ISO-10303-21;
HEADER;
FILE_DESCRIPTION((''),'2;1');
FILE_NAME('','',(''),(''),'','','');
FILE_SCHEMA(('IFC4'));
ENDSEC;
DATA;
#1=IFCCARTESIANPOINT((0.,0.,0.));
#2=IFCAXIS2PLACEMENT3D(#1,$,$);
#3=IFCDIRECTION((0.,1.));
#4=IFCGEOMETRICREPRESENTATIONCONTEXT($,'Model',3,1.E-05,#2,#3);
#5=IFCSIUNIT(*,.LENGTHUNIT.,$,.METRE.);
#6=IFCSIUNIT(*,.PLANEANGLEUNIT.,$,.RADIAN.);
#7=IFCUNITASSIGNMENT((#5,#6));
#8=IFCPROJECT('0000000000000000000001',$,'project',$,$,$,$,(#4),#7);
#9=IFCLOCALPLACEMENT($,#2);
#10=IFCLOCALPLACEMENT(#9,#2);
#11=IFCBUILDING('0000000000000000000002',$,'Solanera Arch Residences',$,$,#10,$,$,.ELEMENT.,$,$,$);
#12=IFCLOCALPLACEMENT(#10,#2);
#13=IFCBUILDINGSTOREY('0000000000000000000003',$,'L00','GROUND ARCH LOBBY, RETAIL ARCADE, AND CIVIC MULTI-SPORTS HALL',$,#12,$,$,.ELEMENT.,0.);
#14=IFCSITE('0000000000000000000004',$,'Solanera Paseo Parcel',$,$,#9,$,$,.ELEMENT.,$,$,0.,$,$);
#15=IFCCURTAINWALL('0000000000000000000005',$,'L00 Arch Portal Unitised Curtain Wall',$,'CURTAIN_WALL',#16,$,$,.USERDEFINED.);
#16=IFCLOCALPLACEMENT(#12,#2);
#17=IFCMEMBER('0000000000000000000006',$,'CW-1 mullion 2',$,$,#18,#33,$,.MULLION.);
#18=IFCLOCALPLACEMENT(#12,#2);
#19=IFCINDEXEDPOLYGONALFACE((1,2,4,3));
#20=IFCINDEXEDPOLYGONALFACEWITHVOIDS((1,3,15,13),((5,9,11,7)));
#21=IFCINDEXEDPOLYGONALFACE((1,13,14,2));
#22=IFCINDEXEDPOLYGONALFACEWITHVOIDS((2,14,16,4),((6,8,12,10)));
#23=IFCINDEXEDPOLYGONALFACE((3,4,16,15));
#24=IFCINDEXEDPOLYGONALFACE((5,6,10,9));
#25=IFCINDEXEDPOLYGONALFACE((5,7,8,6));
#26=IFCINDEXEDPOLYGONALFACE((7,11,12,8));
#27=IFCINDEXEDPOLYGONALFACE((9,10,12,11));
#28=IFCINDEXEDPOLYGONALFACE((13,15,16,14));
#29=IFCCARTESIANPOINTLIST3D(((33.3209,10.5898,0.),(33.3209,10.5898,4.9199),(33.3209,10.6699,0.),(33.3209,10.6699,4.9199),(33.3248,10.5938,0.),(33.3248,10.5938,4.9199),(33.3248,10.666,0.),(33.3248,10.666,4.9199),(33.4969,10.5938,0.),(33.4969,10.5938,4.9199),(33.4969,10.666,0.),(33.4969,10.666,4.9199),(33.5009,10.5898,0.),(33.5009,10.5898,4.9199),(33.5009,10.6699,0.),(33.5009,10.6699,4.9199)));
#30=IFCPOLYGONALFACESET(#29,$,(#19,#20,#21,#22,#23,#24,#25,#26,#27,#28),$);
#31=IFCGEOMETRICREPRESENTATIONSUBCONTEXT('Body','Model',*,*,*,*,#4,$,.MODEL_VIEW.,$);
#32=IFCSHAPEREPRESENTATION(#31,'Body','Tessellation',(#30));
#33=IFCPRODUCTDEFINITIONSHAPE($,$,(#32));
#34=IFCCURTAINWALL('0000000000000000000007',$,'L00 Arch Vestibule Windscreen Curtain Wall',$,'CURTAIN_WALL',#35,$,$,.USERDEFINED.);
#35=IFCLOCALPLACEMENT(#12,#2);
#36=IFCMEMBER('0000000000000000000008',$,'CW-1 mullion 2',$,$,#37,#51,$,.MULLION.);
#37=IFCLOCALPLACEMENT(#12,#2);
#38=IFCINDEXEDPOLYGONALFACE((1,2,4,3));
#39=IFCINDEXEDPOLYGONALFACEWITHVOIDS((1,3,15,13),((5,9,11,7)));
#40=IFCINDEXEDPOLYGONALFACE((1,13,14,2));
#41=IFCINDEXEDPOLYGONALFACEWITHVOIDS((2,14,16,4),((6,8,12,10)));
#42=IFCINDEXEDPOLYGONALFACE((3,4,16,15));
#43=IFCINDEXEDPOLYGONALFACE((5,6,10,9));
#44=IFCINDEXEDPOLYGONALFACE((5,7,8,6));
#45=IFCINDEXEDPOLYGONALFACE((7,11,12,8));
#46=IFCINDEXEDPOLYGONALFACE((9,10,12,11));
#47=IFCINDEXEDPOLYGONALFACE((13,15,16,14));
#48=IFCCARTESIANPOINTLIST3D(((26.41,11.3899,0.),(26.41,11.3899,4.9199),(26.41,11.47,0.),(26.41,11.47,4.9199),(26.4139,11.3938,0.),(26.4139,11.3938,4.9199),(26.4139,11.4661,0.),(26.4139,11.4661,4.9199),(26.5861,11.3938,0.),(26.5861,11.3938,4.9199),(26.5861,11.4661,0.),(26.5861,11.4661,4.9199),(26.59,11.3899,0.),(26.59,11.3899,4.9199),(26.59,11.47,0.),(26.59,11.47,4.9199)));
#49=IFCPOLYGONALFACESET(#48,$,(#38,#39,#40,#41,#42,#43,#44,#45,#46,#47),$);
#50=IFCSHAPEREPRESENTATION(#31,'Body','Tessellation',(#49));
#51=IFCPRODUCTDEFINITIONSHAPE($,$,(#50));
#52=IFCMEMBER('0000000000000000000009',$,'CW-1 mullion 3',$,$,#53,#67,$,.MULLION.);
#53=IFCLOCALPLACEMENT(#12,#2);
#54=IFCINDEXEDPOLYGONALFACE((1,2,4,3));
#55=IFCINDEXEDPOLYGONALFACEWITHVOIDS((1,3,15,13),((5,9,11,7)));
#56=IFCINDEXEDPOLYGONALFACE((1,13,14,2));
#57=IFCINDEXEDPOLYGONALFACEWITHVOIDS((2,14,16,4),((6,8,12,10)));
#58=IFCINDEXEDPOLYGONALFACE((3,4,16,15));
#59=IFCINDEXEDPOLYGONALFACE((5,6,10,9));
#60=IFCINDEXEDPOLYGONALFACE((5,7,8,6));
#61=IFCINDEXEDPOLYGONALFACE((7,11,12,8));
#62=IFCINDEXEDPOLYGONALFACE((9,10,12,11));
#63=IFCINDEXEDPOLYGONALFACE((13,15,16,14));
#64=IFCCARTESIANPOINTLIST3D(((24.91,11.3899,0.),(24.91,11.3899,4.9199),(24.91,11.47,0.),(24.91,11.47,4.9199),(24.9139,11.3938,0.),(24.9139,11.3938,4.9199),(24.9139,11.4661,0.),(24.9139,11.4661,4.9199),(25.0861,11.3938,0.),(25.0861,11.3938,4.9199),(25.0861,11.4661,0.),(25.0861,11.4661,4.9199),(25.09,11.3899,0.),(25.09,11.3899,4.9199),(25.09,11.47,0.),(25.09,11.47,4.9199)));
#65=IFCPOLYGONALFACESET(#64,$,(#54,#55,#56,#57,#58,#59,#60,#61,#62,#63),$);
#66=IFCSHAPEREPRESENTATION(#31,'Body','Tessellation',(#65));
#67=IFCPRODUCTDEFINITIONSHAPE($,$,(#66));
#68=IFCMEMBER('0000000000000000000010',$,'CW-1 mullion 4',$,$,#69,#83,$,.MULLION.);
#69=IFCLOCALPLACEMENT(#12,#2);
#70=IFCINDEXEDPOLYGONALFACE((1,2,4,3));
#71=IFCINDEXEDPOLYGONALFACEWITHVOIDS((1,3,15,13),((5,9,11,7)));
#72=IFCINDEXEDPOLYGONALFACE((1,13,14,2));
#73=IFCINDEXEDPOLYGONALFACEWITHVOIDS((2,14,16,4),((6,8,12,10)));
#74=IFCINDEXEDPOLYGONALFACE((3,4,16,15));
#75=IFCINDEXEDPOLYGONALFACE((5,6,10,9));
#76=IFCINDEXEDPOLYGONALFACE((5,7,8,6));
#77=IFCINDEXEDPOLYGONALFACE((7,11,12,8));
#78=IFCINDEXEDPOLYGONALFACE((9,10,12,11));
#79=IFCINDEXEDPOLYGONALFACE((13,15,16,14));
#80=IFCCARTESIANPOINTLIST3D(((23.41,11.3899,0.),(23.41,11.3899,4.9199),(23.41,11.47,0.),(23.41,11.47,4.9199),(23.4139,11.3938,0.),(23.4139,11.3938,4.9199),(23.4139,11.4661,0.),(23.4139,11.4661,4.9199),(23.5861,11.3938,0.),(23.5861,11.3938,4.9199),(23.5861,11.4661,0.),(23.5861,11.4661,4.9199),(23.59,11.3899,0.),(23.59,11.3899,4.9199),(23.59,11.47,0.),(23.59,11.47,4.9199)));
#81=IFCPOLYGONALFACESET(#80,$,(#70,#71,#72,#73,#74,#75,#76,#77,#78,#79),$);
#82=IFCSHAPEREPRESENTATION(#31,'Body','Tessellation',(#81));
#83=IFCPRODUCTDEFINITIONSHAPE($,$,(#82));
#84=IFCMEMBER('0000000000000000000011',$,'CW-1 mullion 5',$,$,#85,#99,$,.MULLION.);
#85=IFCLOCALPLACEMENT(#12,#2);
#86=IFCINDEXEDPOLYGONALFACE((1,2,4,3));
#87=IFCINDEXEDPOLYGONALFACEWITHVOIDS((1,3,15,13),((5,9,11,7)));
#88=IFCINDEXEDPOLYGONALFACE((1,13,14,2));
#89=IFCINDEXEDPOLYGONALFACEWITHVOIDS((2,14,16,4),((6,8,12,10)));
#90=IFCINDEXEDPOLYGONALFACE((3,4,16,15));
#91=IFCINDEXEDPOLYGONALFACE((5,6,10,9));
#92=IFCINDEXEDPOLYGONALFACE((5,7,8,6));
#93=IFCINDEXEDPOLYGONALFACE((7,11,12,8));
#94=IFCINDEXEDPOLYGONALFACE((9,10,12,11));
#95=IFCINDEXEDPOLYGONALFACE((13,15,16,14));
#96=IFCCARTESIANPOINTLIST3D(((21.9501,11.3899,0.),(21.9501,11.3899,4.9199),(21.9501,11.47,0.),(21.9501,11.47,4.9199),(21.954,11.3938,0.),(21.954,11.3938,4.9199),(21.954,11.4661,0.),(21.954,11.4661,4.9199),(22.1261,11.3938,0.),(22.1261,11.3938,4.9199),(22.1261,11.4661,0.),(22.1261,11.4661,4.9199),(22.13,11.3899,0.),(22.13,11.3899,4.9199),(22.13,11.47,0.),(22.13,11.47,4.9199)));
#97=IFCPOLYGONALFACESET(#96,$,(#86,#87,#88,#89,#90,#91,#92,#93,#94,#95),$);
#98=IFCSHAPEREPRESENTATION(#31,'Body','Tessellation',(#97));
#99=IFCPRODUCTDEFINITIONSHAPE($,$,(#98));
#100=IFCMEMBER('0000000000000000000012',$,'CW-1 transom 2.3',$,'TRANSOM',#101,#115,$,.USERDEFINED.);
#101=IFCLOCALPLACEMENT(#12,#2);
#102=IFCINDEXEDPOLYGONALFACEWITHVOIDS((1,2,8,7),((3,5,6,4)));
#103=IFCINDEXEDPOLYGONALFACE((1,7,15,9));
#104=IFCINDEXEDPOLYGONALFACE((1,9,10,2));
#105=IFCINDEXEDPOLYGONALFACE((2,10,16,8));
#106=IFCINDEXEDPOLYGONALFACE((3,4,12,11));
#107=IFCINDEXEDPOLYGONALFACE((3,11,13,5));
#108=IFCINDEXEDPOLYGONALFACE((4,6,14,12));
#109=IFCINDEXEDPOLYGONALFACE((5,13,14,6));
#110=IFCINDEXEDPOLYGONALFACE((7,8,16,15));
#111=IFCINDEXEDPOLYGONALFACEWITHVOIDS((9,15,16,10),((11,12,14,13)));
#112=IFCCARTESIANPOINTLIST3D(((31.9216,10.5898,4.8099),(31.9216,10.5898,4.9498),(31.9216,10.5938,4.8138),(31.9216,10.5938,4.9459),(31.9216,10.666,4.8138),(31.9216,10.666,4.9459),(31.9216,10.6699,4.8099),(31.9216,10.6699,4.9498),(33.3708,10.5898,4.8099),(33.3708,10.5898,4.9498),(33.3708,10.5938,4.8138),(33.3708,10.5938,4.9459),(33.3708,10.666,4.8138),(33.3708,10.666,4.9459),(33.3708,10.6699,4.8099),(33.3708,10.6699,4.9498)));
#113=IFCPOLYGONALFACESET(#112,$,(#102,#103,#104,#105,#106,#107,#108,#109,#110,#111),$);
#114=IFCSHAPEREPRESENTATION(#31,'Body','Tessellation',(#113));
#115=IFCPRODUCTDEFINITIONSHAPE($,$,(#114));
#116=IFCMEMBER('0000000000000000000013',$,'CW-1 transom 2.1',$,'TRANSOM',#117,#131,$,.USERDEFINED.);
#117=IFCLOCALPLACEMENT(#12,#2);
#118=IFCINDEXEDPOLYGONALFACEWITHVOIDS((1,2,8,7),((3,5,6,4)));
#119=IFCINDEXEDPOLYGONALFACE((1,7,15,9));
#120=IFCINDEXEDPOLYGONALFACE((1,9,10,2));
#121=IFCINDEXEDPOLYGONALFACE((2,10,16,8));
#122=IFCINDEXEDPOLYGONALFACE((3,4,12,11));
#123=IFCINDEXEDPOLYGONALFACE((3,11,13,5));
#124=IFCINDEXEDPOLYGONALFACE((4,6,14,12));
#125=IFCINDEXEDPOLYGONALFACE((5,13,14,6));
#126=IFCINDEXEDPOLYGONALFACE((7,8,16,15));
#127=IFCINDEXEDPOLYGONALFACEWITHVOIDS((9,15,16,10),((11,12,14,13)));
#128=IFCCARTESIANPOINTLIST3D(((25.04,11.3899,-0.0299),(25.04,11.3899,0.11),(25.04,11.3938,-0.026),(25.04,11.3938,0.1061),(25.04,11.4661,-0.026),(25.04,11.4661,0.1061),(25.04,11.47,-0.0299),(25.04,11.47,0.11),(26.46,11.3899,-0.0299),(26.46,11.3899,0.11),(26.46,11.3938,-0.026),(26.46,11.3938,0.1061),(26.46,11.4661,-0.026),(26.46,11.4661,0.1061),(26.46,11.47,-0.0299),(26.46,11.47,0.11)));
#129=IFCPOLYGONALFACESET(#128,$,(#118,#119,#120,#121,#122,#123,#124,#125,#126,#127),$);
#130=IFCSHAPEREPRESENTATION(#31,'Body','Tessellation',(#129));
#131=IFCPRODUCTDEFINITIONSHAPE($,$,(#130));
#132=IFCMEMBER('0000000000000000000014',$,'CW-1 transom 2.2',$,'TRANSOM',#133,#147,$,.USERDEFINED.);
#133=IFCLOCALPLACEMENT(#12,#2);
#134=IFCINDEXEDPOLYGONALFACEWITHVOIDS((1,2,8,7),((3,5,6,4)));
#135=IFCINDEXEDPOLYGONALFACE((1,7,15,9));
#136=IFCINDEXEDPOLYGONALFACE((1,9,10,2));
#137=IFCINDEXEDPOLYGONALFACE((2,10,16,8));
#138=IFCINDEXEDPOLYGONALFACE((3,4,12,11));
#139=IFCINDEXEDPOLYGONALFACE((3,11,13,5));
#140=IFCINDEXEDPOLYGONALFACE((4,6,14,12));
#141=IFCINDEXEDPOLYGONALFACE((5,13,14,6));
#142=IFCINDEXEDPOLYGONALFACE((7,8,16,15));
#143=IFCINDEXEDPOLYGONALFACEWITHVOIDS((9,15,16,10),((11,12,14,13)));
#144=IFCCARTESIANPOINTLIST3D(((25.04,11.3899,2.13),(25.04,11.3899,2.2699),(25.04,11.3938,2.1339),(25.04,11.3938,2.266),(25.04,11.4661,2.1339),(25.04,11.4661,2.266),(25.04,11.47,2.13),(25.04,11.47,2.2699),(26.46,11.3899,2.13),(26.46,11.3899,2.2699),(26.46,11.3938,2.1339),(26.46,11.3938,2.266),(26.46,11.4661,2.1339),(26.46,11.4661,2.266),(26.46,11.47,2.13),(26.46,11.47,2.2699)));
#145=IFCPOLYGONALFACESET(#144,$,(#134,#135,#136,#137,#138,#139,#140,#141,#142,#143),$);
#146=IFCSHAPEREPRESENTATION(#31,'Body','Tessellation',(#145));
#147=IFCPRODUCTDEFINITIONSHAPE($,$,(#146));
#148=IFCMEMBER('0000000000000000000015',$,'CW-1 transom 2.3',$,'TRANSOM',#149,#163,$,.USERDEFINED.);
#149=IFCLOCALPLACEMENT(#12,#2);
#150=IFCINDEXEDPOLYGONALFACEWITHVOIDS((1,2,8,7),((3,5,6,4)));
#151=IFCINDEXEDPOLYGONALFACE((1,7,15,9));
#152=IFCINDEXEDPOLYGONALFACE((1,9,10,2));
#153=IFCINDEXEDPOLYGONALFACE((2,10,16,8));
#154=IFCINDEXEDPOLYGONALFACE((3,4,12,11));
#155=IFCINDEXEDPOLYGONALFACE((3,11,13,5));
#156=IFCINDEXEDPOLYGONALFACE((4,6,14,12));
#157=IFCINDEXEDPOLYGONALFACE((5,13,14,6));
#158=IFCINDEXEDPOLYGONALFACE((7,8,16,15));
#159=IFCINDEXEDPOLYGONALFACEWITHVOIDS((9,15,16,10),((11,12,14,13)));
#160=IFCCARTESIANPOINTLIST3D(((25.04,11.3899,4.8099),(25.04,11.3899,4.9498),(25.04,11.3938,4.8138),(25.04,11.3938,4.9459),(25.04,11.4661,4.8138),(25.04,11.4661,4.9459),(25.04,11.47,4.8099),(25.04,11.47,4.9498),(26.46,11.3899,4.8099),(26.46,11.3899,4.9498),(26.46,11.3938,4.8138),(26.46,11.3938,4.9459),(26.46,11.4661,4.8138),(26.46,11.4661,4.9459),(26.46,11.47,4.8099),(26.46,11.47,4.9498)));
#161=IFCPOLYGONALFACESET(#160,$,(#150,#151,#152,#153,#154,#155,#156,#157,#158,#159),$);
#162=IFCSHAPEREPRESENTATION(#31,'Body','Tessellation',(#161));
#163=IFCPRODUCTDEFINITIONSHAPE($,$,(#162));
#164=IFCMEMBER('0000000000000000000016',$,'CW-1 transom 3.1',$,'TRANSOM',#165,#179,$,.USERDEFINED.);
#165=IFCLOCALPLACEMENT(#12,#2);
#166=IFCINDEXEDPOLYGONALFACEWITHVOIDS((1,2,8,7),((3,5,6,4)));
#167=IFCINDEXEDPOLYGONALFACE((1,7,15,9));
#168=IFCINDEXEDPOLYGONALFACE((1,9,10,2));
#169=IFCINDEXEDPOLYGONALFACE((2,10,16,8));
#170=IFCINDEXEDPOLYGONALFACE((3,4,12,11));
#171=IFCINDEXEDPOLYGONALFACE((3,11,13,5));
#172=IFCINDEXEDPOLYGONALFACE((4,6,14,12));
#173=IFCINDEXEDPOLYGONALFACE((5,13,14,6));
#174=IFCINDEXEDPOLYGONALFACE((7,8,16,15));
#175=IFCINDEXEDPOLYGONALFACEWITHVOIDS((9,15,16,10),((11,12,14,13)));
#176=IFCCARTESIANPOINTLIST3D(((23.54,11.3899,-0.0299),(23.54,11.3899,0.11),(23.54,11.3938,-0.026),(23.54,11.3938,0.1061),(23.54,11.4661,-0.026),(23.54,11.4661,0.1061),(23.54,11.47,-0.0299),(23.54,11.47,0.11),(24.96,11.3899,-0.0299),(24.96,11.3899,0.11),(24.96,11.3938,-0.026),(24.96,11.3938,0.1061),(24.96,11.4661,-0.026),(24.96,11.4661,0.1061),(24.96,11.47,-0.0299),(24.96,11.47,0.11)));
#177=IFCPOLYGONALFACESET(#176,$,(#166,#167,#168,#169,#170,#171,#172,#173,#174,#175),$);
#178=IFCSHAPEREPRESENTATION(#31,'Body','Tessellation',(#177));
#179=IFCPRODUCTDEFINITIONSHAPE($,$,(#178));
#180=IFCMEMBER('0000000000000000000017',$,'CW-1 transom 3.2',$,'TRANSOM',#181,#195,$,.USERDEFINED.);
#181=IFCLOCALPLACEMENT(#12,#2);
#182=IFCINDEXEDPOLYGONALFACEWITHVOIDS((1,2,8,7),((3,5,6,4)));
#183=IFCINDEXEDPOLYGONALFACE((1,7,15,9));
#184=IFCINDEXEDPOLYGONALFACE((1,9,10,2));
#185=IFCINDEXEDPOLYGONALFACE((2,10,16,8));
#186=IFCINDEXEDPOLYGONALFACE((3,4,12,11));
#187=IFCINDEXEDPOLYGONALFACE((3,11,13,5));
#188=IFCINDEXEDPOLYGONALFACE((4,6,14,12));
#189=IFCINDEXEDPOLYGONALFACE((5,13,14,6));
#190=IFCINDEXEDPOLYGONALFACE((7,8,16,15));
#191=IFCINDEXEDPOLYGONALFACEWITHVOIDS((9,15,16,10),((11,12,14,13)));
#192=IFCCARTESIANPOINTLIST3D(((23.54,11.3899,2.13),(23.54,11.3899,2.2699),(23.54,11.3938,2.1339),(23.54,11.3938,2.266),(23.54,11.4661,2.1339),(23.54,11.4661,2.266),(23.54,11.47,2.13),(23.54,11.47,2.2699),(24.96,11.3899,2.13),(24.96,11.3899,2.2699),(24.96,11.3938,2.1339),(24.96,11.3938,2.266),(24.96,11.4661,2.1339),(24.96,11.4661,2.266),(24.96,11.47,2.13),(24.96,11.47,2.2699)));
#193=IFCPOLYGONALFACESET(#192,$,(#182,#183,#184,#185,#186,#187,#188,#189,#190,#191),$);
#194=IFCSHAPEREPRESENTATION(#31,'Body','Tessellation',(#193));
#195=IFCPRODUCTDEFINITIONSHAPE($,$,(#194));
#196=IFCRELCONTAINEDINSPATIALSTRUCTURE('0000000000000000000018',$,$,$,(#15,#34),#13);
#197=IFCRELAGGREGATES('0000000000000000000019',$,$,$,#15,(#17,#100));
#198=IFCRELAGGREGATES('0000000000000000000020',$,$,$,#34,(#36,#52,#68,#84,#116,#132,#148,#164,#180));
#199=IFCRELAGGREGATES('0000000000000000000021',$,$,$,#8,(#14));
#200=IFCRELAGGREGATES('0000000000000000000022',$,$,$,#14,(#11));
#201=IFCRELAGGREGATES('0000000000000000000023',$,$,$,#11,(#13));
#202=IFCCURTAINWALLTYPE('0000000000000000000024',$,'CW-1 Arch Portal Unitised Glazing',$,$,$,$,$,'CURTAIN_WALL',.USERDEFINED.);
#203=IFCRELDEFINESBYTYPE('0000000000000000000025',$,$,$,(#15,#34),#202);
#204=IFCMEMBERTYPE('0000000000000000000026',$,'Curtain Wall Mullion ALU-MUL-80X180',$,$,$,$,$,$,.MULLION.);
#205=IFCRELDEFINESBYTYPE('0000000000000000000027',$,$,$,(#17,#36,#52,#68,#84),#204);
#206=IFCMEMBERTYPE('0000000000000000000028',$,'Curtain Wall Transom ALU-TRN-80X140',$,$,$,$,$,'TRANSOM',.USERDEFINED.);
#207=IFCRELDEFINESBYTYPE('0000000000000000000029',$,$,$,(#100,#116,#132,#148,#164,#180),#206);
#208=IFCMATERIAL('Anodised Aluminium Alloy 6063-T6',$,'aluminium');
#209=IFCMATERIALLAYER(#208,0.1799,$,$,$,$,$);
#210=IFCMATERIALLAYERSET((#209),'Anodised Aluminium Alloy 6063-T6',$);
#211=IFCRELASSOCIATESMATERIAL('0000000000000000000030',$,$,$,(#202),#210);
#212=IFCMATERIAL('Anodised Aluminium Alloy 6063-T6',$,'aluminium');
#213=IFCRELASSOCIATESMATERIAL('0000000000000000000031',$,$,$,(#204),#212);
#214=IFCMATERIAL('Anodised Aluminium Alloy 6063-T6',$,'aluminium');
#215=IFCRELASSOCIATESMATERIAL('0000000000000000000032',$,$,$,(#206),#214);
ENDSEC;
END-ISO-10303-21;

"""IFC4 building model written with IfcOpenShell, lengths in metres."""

from ifc_helpers import new_model, si_unit, direction, frame, origin, origin_2d, place, context, subcontext, project, spatial, hollow_rectangle, extrude, material, layer, layer_set, material_profile, profile_set, type_object, element, aggregate, save


model = new_model("IFC4")

# Units and contexts
model_context = context("Model", 3, precision=1e-05, world=origin(), true_north=direction((0.0, 1.0)))
body_context = subcontext(model_context, "Body", "Model", "MODEL_VIEW")
ifc_project = project(units=[si_unit("LENGTHUNIT", "METRE"), si_unit("PLANEANGLEUNIT", "RADIAN")], contexts=[model_context])

# Site, building, storey
site_placement = place(None, origin())
site = spatial("IfcSite", under=ifc_project, at=site_placement, Name="Solanera Paseo Parcel", CompositionType="ELEMENT", RefElevation=0.0)
building_placement = place(site_placement, origin())
building = spatial("IfcBuilding", under=site, at=building_placement, Name="Solanera Arch Residences", CompositionType="ELEMENT")
storey_placement = place(building_placement, origin())
storey = spatial("IfcBuildingStorey", under=building, at=storey_placement, Name="L00", Description="GROUND ARCH LOBBY, RETAIL ARCADE, AND CIVIC MULTI-SPORTS HALL", CompositionType="ELEMENT", Elevation=0.0)

# Curtain wall, member
ifc_material_1 = material(Name="Anodised Aluminium Alloy 6063-T6", Category="aluminium")
ifc_layer_1 = layer(ifc_material_1, 0.1799)
ifc_layer_set_1 = layer_set([ifc_layer_1], Name="Anodised Aluminium Alloy 6063-T6")
curtain_wall_type = type_object("IfcCurtainWallType", Name="CW-1 Arch Portal Unitised Glazing", ElementType="CURTAIN_WALL", PredefinedType="USERDEFINED", material=ifc_layer_set_1)
curtain_wall_1_placement = place(storey_placement, origin())
curtain_wall_1 = element("IfcCurtainWall", 1, at=curtain_wall_1_placement, inside=storey, type_object=curtain_wall_type, Name="L00 Arch Portal Unitised Curtain Wall", ObjectType="CURTAIN_WALL", PredefinedType="USERDEFINED")
ifc_material_2 = material(Name="Anodised Aluminium Alloy 6063-T6", Category="aluminium")
ifc_material_profile_1 = material_profile(ifc_material_2, hollow_rectangle(XDim=0.0801, YDim=0.1799, WallThickness=0.0039, at=origin_2d()))
ifc_profile_set_1 = profile_set([ifc_material_profile_1], Name="Anodised Aluminium Alloy 6063-T6")
member_type_1 = type_object("IfcMemberType", Name="Curtain Wall Mullion ALU-MUL-80X180", PredefinedType="MULLION", material=ifc_profile_set_1)
member_1_placement = place(storey_placement, frame((33.4109, 10.6299, 0.0), z_axis=(0.0, 0.0, 1.0), x_axis=(0.0, -1.0, 0.0)))
member_1 = element("IfcMember", 2, at=member_1_placement, type_object=member_type_1, Name="CW-1 mullion 2", PredefinedType="MULLION", context=body_context, shape_type="SweptSolid", body=[
    extrude(hollow_rectangle(XDim=0.0801, YDim=0.1799, WallThickness=0.0039, at=origin_2d()), origin(), (0.0, 0.0, 1.0), 4.9199),
])

# Curtain wall, members
curtain_wall_2_placement = place(storey_placement, origin())
curtain_wall_2 = element("IfcCurtainWall", 3, at=curtain_wall_2_placement, inside=storey, type_object=curtain_wall_type, Name="L00 Arch Vestibule Windscreen Curtain Wall", ObjectType="CURTAIN_WALL", PredefinedType="USERDEFINED")
member_2_placement = place(storey_placement, frame((26.5, 11.4299, 0.0), z_axis=(0.0, 0.0, 1.0), x_axis=(0.0, -1.0, 0.0)))
member_2 = element("IfcMember", 4, at=member_2_placement, type_object=member_type_1, Name="CW-1 mullion 2", PredefinedType="MULLION", context=body_context, shape_type="SweptSolid", body=[
    extrude(hollow_rectangle(XDim=0.0801, YDim=0.1799, WallThickness=0.0039, at=origin_2d()), origin(), (0.0, 0.0, 1.0), 4.9199),
])
member_3_placement = place(storey_placement, frame((25.0, 11.4299, 0.0), z_axis=(0.0, 0.0, 1.0), x_axis=(0.0, -1.0, 0.0)))
member_3 = element("IfcMember", 5, at=member_3_placement, type_object=member_type_1, Name="CW-1 mullion 3", PredefinedType="MULLION", context=body_context, shape_type="SweptSolid", body=[
    extrude(hollow_rectangle(XDim=0.0801, YDim=0.1799, WallThickness=0.0039, at=origin_2d()), origin(), (0.0, 0.0, 1.0), 4.9199),
])
member_4_placement = place(storey_placement, frame((23.5, 11.4299, 0.0), z_axis=(0.0, 0.0, 1.0), x_axis=(0.0, -1.0, 0.0)))
member_4 = element("IfcMember", 6, at=member_4_placement, type_object=member_type_1, Name="CW-1 mullion 4", PredefinedType="MULLION", context=body_context, shape_type="SweptSolid", body=[
    extrude(hollow_rectangle(XDim=0.0801, YDim=0.1799, WallThickness=0.0039, at=origin_2d()), origin(), (0.0, 0.0, 1.0), 4.9199),
])
member_5_placement = place(storey_placement, frame((22.04, 11.4299, 0.0), z_axis=(0.0, 0.0, 1.0), x_axis=(0.0, -1.0, 0.0)))
member_5 = element("IfcMember", 7, at=member_5_placement, type_object=member_type_1, Name="CW-1 mullion 5", PredefinedType="MULLION", context=body_context, shape_type="SweptSolid", body=[
    extrude(hollow_rectangle(XDim=0.0801, YDim=0.1799, WallThickness=0.0039, at=origin_2d()), origin(), (0.0, 0.0, 1.0), 4.9199),
])

# Members
ifc_material_3 = material(Name="Anodised Aluminium Alloy 6063-T6", Category="aluminium")
ifc_material_profile_2 = material_profile(ifc_material_3, hollow_rectangle(XDim=0.0801, YDim=0.1399, WallThickness=0.0039, at=origin_2d()))
ifc_profile_set_2 = profile_set([ifc_material_profile_2], Name="Anodised Aluminium Alloy 6063-T6")
member_type_2 = type_object("IfcMemberType", Name="Curtain Wall Transom ALU-TRN-80X140", ElementType="TRANSOM", PredefinedType="USERDEFINED", material=ifc_profile_set_2)
member_6_placement = place(storey_placement, frame((33.3708, 10.6299, 4.8799), z_axis=(-1.0, 0.0, 0.0), x_axis=(0.0, -1.0, 0.0)))
member_6 = element("IfcMember", 8, at=member_6_placement, type_object=member_type_2, Name="CW-1 transom 2.3", ObjectType="TRANSOM", PredefinedType="USERDEFINED", context=body_context, shape_type="SweptSolid", body=[
    extrude(hollow_rectangle(XDim=0.0801, YDim=0.1399, WallThickness=0.0039, at=origin_2d()), origin(), (0.0, 0.0, 1.0), 1.4492),
])
aggregate(curtain_wall_1, [member_1, member_6])
member_7_placement = place(storey_placement, frame((26.46, 11.4299, 0.04), z_axis=(-1.0, 0.0, 0.0), x_axis=(0.0, -1.0, 0.0)))
member_7 = element("IfcMember", 9, at=member_7_placement, type_object=member_type_2, Name="CW-1 transom 2.1", ObjectType="TRANSOM", PredefinedType="USERDEFINED", context=body_context, shape_type="SweptSolid", body=[
    extrude(hollow_rectangle(XDim=0.0801, YDim=0.1399, WallThickness=0.0039, at=origin_2d()), origin(), (0.0, 0.0, 1.0), 1.4199),
])
member_8_placement = place(storey_placement, frame((26.46, 11.4299, 2.2), z_axis=(-1.0, 0.0, 0.0), x_axis=(0.0, -1.0, 0.0)))
member_8 = element("IfcMember", 10, at=member_8_placement, type_object=member_type_2, Name="CW-1 transom 2.2", ObjectType="TRANSOM", PredefinedType="USERDEFINED", context=body_context, shape_type="SweptSolid", body=[
    extrude(hollow_rectangle(XDim=0.0801, YDim=0.1399, WallThickness=0.0039, at=origin_2d()), origin(), (0.0, 0.0, 1.0), 1.4199),
])
member_9_placement = place(storey_placement, frame((26.46, 11.4299, 4.8799), z_axis=(-1.0, 0.0, 0.0), x_axis=(0.0, -1.0, 0.0)))
member_9 = element("IfcMember", 11, at=member_9_placement, type_object=member_type_2, Name="CW-1 transom 2.3", ObjectType="TRANSOM", PredefinedType="USERDEFINED", context=body_context, shape_type="SweptSolid", body=[
    extrude(hollow_rectangle(XDim=0.0801, YDim=0.1399, WallThickness=0.0039, at=origin_2d()), origin(), (0.0, 0.0, 1.0), 1.4199),
])
member_10_placement = place(storey_placement, frame((24.96, 11.4299, 0.04), z_axis=(-1.0, 0.0, 0.0), x_axis=(0.0, -1.0, 0.0)))
member_10 = element("IfcMember", 12, at=member_10_placement, type_object=member_type_2, Name="CW-1 transom 3.1", ObjectType="TRANSOM", PredefinedType="USERDEFINED", context=body_context, shape_type="SweptSolid", body=[
    extrude(hollow_rectangle(XDim=0.0801, YDim=0.1399, WallThickness=0.0039, at=origin_2d()), origin(), (0.0, 0.0, 1.0), 1.4199),
])
member_11_placement = place(storey_placement, frame((24.96, 11.4299, 2.2), z_axis=(-1.0, 0.0, 0.0), x_axis=(0.0, -1.0, 0.0)))
member_11 = element("IfcMember", 13, at=member_11_placement, type_object=member_type_2, Name="CW-1 transom 3.2", ObjectType="TRANSOM", PredefinedType="USERDEFINED", context=body_context, shape_type="SweptSolid", body=[
    extrude(hollow_rectangle(XDim=0.0801, YDim=0.1399, WallThickness=0.0039, at=origin_2d()), origin(), (0.0, 0.0, 1.0), 1.4199),
])

aggregate(curtain_wall_2, [member_2, member_3, member_4, member_5, member_7, member_8, member_9, member_10, member_11])

save(model, "model.ifc")
